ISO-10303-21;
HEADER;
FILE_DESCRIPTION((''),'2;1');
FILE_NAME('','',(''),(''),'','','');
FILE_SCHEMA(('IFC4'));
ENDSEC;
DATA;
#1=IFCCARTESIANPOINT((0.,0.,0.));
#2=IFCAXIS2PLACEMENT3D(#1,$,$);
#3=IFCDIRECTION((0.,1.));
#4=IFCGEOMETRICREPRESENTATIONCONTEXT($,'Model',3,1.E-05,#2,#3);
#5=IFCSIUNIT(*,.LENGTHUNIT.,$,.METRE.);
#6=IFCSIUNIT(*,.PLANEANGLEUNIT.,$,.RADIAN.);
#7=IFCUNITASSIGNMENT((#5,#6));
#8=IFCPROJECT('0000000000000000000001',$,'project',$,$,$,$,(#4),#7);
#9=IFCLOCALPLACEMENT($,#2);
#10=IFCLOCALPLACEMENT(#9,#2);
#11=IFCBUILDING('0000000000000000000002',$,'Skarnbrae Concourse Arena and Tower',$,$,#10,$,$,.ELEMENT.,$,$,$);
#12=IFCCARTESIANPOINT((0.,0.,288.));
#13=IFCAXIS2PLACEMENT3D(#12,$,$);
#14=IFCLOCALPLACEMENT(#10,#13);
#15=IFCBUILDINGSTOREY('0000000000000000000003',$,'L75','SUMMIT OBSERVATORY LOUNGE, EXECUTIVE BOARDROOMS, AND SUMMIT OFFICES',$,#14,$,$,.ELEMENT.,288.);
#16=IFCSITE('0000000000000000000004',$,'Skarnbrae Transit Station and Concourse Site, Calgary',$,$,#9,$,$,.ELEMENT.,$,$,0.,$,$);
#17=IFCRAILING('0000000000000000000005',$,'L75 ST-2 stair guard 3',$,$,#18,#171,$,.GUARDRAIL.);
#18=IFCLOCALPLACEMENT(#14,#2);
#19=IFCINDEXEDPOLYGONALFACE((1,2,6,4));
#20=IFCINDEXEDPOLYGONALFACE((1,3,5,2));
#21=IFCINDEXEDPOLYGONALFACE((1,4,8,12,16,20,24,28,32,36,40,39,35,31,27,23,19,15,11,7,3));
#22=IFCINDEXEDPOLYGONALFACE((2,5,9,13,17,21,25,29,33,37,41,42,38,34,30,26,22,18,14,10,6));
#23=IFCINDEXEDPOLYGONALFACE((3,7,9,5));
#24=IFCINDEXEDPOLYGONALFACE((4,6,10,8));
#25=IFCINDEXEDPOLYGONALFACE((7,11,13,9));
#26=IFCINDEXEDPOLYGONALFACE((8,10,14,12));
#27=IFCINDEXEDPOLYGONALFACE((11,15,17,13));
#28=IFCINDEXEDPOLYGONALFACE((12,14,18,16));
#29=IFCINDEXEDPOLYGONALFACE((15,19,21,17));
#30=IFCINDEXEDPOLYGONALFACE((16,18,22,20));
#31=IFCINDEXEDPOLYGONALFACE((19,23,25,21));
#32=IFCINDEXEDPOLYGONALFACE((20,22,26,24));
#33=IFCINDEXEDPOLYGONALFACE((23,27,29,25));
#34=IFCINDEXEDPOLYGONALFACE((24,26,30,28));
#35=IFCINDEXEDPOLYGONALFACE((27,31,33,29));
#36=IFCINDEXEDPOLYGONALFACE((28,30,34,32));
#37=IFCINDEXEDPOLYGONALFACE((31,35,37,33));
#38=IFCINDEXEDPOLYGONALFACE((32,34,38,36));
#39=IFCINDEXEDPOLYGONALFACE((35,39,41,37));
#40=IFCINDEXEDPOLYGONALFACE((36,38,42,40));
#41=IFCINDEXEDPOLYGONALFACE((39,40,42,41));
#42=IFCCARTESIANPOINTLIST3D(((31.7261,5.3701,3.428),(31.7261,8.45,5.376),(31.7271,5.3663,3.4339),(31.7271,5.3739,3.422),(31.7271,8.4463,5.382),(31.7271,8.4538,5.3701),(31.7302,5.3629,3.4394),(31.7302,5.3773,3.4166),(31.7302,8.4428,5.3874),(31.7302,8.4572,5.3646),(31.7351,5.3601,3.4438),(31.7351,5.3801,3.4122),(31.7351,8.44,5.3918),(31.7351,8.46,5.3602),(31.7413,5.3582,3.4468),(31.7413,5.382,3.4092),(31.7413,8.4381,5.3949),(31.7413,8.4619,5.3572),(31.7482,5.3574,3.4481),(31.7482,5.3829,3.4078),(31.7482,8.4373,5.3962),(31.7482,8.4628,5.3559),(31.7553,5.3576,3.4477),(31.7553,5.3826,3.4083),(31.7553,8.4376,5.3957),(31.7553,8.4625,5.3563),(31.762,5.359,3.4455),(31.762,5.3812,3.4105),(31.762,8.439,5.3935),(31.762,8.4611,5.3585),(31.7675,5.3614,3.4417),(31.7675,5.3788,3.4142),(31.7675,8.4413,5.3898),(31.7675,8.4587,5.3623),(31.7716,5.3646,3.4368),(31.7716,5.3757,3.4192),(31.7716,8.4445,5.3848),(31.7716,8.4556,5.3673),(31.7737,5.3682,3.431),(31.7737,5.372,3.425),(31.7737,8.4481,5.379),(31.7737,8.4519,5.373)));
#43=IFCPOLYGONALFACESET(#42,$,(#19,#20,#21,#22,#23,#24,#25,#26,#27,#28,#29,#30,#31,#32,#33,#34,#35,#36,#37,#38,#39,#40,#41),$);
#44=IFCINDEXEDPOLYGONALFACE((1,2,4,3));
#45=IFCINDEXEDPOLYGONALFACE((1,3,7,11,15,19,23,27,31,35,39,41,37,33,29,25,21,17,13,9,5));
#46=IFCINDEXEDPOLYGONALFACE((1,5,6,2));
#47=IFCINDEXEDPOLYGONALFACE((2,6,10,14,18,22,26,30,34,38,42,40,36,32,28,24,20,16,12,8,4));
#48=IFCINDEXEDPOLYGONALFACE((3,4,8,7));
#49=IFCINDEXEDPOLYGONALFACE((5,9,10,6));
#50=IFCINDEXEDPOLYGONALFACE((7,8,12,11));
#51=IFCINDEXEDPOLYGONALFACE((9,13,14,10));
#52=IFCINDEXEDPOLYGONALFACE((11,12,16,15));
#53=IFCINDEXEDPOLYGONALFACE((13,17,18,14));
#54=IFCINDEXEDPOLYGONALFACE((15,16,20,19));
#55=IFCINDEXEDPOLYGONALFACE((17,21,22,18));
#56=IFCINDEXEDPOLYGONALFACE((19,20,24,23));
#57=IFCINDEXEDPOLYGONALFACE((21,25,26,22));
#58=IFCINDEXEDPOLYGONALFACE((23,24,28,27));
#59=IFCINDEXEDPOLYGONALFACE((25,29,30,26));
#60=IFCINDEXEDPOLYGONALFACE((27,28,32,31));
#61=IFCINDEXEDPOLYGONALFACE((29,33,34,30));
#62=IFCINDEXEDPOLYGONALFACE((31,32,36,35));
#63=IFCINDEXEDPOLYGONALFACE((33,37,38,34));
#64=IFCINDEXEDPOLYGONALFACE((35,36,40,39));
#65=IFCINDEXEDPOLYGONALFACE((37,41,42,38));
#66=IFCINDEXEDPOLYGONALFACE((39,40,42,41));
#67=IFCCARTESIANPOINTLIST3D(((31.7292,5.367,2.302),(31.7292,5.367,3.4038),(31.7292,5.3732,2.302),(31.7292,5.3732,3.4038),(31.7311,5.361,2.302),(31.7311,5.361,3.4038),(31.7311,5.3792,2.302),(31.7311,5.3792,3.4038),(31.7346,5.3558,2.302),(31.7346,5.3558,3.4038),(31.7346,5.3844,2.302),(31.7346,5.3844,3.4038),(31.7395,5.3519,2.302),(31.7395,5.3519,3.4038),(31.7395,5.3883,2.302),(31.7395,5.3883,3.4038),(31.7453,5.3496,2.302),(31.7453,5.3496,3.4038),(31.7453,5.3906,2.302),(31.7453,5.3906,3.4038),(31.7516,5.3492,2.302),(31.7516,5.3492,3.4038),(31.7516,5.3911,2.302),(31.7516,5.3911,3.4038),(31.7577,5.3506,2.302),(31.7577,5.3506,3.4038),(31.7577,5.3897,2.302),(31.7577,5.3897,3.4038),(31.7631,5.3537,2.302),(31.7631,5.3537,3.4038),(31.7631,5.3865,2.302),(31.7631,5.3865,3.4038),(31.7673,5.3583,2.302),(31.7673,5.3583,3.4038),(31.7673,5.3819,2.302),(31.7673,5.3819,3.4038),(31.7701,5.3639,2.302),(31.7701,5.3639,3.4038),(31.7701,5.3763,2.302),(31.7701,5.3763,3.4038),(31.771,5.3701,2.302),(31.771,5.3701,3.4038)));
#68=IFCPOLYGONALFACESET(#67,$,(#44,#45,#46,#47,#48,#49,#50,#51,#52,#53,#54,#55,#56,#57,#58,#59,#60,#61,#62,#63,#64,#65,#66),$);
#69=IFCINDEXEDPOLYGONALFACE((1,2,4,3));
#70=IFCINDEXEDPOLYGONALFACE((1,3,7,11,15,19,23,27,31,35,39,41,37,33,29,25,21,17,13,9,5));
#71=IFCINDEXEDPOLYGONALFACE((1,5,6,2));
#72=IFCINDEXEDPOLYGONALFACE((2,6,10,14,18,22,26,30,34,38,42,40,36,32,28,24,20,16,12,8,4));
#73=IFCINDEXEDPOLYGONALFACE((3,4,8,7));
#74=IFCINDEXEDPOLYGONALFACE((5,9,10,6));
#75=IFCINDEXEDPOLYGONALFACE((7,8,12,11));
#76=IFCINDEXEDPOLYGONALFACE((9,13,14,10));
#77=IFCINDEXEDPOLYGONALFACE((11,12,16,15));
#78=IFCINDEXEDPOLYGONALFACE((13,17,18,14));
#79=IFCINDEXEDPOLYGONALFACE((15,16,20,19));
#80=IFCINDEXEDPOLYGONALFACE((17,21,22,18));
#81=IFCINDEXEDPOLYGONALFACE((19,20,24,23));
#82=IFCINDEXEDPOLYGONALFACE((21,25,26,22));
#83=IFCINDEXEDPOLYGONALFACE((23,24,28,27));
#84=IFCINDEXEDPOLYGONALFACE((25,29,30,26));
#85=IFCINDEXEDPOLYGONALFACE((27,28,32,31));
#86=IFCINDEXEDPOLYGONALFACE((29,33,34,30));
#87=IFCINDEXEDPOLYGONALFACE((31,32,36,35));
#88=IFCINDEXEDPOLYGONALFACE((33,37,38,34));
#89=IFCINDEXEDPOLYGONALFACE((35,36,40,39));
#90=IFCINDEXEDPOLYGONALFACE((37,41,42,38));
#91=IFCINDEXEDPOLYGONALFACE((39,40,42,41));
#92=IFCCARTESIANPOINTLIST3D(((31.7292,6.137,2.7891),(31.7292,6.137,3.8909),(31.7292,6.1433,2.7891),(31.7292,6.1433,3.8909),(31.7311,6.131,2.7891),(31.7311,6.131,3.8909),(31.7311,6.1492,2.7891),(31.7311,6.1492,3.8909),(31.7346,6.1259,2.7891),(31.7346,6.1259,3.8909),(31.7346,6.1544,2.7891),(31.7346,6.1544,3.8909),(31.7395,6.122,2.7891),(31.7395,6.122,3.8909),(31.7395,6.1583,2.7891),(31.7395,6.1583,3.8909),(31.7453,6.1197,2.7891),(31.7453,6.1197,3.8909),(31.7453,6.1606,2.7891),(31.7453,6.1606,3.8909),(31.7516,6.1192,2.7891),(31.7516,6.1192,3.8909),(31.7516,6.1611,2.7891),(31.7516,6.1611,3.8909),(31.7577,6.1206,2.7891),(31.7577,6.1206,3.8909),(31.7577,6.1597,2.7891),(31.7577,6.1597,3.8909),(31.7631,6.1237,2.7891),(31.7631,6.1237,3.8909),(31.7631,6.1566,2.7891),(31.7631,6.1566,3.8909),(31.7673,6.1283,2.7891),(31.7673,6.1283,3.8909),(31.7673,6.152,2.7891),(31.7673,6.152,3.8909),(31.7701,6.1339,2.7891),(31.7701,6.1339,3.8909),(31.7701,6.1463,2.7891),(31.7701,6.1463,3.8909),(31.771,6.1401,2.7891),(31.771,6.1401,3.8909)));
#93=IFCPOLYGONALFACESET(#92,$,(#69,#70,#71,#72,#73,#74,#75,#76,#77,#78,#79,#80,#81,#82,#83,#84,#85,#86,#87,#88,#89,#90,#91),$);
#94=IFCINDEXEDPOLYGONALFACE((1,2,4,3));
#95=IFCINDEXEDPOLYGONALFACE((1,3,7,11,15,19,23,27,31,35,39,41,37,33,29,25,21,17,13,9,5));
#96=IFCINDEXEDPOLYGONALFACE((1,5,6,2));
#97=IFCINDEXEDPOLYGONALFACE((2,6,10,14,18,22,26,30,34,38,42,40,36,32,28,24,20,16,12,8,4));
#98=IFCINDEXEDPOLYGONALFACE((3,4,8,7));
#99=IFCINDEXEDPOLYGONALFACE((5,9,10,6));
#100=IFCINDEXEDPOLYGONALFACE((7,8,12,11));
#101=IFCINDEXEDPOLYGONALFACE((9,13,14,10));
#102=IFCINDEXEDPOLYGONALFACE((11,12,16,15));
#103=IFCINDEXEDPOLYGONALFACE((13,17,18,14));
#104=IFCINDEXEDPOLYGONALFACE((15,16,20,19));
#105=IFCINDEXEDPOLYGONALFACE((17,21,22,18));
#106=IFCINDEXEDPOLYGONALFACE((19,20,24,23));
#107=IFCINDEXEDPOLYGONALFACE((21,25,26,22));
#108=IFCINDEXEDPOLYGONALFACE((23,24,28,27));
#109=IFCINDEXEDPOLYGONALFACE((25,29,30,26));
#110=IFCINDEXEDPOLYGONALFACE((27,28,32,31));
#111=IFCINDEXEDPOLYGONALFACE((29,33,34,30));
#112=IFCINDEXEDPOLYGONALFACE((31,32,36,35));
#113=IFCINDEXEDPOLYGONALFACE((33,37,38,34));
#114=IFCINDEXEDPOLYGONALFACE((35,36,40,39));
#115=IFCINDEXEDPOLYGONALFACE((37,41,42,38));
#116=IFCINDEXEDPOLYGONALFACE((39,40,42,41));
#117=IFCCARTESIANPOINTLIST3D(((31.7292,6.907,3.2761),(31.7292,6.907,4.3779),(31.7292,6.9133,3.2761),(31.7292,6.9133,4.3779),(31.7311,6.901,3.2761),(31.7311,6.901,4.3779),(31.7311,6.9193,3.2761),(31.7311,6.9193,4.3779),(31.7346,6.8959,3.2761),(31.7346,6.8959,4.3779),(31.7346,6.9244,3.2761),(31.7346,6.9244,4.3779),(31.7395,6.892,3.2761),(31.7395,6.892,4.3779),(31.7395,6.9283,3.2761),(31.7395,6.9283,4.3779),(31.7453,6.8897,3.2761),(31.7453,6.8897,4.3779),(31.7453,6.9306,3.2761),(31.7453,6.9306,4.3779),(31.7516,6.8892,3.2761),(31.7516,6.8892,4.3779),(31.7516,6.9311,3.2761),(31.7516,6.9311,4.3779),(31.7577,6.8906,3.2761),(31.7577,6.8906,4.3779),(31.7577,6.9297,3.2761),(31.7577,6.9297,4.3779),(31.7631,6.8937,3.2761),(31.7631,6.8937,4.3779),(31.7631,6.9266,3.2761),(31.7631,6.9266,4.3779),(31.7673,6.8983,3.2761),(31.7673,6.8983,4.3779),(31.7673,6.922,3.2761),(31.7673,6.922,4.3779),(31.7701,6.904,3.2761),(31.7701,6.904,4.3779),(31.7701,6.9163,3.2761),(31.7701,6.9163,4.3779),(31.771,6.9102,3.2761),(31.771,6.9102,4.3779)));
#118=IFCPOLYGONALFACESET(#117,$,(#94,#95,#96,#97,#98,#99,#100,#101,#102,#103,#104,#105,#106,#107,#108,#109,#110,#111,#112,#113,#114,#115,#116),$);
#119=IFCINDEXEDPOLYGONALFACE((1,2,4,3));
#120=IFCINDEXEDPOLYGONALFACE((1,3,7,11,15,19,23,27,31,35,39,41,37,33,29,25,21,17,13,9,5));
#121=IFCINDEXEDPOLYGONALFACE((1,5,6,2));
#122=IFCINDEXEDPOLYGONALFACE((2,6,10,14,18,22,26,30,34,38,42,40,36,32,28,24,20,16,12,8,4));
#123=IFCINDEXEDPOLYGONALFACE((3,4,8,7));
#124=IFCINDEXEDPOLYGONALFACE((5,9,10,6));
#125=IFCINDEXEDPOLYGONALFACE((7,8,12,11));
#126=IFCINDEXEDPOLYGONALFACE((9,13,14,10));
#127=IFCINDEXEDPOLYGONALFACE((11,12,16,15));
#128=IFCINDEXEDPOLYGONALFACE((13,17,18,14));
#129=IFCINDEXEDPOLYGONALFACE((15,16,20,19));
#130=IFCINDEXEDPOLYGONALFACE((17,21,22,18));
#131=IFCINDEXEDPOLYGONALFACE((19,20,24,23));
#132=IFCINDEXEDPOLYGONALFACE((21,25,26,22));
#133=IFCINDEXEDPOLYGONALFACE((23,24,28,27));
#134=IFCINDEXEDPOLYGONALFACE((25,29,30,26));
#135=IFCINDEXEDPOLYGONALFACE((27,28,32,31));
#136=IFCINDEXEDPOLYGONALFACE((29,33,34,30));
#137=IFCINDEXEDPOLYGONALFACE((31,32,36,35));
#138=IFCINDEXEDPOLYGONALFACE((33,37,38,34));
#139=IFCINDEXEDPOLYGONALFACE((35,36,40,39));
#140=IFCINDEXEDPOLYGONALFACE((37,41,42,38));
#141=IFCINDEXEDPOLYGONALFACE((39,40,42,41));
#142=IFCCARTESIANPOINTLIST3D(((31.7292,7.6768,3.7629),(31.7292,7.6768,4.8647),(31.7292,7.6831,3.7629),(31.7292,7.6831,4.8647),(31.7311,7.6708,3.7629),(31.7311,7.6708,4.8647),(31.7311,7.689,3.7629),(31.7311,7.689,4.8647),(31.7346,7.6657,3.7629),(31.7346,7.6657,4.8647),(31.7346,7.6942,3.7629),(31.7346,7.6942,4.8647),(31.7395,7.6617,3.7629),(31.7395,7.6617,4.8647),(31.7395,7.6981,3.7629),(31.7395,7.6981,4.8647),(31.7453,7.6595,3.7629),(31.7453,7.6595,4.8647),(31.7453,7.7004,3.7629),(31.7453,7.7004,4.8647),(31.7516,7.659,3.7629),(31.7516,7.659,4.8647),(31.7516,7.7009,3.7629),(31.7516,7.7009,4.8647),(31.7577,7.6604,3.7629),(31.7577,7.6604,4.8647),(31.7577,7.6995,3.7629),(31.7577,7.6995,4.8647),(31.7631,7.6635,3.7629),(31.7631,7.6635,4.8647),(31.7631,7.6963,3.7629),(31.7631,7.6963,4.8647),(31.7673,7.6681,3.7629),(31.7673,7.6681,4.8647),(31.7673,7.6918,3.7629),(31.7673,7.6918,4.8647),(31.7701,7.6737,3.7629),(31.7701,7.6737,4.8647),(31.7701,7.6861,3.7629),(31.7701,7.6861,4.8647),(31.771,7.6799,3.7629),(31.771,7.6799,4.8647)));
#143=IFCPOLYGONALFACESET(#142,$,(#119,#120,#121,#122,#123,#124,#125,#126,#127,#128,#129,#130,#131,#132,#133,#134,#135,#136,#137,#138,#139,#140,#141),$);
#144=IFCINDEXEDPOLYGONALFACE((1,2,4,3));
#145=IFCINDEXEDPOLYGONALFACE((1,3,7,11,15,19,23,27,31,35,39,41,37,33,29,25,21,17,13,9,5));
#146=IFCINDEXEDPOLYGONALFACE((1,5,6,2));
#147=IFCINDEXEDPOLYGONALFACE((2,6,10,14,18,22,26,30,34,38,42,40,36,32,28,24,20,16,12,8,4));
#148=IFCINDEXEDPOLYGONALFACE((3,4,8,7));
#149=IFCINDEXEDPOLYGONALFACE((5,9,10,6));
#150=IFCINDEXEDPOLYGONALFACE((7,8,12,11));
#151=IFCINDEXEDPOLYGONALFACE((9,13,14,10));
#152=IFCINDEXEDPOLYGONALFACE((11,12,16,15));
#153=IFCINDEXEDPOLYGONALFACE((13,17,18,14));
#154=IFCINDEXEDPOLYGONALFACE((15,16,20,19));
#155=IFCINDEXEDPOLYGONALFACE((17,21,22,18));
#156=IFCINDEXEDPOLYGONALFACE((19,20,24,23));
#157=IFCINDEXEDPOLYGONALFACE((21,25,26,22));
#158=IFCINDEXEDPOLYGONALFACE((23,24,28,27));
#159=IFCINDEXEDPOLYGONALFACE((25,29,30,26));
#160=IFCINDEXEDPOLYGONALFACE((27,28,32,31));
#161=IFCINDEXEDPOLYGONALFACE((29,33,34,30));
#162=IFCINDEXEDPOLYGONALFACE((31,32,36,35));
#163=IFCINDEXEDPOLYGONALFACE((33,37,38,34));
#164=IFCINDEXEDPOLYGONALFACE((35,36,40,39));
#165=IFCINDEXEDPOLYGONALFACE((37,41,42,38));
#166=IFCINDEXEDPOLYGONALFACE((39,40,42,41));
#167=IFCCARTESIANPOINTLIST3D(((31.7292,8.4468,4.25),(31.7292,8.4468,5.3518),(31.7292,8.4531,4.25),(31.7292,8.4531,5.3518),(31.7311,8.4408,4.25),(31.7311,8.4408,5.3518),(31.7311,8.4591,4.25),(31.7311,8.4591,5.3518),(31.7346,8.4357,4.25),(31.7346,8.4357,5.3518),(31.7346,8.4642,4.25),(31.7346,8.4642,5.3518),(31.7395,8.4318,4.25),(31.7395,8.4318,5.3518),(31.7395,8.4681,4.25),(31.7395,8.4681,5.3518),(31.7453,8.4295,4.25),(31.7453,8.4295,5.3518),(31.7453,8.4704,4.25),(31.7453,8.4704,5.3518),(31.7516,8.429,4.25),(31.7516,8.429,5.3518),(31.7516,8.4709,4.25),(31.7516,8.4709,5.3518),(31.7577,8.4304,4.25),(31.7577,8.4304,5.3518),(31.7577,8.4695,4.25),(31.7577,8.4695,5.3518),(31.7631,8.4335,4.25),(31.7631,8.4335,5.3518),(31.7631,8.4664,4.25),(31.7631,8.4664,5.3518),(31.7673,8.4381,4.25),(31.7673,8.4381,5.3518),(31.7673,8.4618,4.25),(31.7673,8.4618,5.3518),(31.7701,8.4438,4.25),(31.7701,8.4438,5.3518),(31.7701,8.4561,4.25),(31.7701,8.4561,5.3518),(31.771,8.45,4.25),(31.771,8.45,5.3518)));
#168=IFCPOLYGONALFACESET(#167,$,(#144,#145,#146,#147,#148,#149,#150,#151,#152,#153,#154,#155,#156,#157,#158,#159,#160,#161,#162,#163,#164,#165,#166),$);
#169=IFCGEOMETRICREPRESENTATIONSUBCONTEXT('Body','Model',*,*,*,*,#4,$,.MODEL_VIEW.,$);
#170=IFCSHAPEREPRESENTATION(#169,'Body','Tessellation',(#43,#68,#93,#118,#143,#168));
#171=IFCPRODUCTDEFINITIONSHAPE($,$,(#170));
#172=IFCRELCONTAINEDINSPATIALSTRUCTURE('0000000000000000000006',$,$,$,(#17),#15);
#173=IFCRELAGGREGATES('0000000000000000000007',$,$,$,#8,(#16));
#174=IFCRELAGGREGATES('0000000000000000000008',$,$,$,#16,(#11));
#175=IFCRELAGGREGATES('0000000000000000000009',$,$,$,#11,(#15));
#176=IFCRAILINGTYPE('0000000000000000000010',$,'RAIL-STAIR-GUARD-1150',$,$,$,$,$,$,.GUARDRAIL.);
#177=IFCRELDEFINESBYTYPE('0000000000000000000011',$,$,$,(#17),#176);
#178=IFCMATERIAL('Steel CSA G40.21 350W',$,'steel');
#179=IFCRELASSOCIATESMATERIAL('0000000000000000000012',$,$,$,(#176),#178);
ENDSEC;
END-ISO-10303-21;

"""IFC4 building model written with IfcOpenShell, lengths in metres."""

from ifc_helpers import new_model, si_unit, direction, frame, origin, origin_2d, place, context, subcontext, project, spatial, circle, extrude, material, type_object, element, save


model = new_model("IFC4")

# Units and contexts
model_context = context("Model", 3, precision=1e-05, world=origin(), true_north=direction((0.0, 1.0)))
body_context = subcontext(model_context, "Body", "Model", "MODEL_VIEW")
ifc_project = project(units=[si_unit("LENGTHUNIT", "METRE"), si_unit("PLANEANGLEUNIT", "RADIAN")], contexts=[model_context])

# Site, building, storey
site_placement = place(None, origin())
site = spatial("IfcSite", under=ifc_project, at=site_placement, Name="Skarnbrae Transit Station and Concourse Site, Calgary", CompositionType="ELEMENT", RefElevation=0.0)
building_placement = place(site_placement, origin())
building = spatial("IfcBuilding", under=site, at=building_placement, Name="Skarnbrae Concourse Arena and Tower", CompositionType="ELEMENT")
storey_placement = place(building_placement, frame((0.0, 0.0, 288.0)))
storey = spatial("IfcBuildingStorey", under=building, at=storey_placement, Name="L75", Description="SUMMIT OBSERVATORY LOUNGE, EXECUTIVE BOARDROOMS, AND SUMMIT OFFICES", CompositionType="ELEMENT", Elevation=288.0)

# Shared definitions
ifc_material_1 = material(Name="Steel CSA G40.21 350W", Category="steel")

# Railing
railing_type_1 = type_object("IfcRailingType", Name="RAIL-STAIR-GUARD-1150", PredefinedType="GUARDRAIL", material=ifc_material_1)
railing_1_placement = place(storey_placement, frame((31.75, 5.3701, 2.302)))
element("IfcRailing", 1, at=railing_1_placement, inside=storey, type_object=railing_type_1, Name="L75 ST-2 stair guard 3", PredefinedType="GUARDRAIL", context=body_context, shape_type="SweptSolid", body=[
    extrude(circle(Radius=0.0239, at=origin_2d()), frame((0.0, 0.0, 1.126), z_axis=(0.0, 0.845137, 0.53455), x_axis=(-1.0, 0.0, 0.0)), (0.0, 0.0, 1.0), 3.6443),
    extrude(circle(Radius=0.021, at=origin_2d()), origin(), (0.0, 0.0, 1.0), 1.1018),
    extrude(circle(Radius=0.021, at=origin_2d()), frame((0.0, 0.77, 0.4871)), (0.0, 0.0, 1.0), 1.1018),
    extrude(circle(Radius=0.021, at=origin_2d()), frame((0.0, 1.54, 0.9741)), (0.0, 0.0, 1.0), 1.1018),
    extrude(circle(Radius=0.021, at=origin_2d()), frame((0.0, 2.3098, 1.4609)), (0.0, 0.0, 1.0), 1.1018),
    extrude(circle(Radius=0.021, at=origin_2d()), frame((0.0, 3.0798, 1.948)), (0.0, 0.0, 1.0), 1.1018),
])

save(model, "model.ifc")
